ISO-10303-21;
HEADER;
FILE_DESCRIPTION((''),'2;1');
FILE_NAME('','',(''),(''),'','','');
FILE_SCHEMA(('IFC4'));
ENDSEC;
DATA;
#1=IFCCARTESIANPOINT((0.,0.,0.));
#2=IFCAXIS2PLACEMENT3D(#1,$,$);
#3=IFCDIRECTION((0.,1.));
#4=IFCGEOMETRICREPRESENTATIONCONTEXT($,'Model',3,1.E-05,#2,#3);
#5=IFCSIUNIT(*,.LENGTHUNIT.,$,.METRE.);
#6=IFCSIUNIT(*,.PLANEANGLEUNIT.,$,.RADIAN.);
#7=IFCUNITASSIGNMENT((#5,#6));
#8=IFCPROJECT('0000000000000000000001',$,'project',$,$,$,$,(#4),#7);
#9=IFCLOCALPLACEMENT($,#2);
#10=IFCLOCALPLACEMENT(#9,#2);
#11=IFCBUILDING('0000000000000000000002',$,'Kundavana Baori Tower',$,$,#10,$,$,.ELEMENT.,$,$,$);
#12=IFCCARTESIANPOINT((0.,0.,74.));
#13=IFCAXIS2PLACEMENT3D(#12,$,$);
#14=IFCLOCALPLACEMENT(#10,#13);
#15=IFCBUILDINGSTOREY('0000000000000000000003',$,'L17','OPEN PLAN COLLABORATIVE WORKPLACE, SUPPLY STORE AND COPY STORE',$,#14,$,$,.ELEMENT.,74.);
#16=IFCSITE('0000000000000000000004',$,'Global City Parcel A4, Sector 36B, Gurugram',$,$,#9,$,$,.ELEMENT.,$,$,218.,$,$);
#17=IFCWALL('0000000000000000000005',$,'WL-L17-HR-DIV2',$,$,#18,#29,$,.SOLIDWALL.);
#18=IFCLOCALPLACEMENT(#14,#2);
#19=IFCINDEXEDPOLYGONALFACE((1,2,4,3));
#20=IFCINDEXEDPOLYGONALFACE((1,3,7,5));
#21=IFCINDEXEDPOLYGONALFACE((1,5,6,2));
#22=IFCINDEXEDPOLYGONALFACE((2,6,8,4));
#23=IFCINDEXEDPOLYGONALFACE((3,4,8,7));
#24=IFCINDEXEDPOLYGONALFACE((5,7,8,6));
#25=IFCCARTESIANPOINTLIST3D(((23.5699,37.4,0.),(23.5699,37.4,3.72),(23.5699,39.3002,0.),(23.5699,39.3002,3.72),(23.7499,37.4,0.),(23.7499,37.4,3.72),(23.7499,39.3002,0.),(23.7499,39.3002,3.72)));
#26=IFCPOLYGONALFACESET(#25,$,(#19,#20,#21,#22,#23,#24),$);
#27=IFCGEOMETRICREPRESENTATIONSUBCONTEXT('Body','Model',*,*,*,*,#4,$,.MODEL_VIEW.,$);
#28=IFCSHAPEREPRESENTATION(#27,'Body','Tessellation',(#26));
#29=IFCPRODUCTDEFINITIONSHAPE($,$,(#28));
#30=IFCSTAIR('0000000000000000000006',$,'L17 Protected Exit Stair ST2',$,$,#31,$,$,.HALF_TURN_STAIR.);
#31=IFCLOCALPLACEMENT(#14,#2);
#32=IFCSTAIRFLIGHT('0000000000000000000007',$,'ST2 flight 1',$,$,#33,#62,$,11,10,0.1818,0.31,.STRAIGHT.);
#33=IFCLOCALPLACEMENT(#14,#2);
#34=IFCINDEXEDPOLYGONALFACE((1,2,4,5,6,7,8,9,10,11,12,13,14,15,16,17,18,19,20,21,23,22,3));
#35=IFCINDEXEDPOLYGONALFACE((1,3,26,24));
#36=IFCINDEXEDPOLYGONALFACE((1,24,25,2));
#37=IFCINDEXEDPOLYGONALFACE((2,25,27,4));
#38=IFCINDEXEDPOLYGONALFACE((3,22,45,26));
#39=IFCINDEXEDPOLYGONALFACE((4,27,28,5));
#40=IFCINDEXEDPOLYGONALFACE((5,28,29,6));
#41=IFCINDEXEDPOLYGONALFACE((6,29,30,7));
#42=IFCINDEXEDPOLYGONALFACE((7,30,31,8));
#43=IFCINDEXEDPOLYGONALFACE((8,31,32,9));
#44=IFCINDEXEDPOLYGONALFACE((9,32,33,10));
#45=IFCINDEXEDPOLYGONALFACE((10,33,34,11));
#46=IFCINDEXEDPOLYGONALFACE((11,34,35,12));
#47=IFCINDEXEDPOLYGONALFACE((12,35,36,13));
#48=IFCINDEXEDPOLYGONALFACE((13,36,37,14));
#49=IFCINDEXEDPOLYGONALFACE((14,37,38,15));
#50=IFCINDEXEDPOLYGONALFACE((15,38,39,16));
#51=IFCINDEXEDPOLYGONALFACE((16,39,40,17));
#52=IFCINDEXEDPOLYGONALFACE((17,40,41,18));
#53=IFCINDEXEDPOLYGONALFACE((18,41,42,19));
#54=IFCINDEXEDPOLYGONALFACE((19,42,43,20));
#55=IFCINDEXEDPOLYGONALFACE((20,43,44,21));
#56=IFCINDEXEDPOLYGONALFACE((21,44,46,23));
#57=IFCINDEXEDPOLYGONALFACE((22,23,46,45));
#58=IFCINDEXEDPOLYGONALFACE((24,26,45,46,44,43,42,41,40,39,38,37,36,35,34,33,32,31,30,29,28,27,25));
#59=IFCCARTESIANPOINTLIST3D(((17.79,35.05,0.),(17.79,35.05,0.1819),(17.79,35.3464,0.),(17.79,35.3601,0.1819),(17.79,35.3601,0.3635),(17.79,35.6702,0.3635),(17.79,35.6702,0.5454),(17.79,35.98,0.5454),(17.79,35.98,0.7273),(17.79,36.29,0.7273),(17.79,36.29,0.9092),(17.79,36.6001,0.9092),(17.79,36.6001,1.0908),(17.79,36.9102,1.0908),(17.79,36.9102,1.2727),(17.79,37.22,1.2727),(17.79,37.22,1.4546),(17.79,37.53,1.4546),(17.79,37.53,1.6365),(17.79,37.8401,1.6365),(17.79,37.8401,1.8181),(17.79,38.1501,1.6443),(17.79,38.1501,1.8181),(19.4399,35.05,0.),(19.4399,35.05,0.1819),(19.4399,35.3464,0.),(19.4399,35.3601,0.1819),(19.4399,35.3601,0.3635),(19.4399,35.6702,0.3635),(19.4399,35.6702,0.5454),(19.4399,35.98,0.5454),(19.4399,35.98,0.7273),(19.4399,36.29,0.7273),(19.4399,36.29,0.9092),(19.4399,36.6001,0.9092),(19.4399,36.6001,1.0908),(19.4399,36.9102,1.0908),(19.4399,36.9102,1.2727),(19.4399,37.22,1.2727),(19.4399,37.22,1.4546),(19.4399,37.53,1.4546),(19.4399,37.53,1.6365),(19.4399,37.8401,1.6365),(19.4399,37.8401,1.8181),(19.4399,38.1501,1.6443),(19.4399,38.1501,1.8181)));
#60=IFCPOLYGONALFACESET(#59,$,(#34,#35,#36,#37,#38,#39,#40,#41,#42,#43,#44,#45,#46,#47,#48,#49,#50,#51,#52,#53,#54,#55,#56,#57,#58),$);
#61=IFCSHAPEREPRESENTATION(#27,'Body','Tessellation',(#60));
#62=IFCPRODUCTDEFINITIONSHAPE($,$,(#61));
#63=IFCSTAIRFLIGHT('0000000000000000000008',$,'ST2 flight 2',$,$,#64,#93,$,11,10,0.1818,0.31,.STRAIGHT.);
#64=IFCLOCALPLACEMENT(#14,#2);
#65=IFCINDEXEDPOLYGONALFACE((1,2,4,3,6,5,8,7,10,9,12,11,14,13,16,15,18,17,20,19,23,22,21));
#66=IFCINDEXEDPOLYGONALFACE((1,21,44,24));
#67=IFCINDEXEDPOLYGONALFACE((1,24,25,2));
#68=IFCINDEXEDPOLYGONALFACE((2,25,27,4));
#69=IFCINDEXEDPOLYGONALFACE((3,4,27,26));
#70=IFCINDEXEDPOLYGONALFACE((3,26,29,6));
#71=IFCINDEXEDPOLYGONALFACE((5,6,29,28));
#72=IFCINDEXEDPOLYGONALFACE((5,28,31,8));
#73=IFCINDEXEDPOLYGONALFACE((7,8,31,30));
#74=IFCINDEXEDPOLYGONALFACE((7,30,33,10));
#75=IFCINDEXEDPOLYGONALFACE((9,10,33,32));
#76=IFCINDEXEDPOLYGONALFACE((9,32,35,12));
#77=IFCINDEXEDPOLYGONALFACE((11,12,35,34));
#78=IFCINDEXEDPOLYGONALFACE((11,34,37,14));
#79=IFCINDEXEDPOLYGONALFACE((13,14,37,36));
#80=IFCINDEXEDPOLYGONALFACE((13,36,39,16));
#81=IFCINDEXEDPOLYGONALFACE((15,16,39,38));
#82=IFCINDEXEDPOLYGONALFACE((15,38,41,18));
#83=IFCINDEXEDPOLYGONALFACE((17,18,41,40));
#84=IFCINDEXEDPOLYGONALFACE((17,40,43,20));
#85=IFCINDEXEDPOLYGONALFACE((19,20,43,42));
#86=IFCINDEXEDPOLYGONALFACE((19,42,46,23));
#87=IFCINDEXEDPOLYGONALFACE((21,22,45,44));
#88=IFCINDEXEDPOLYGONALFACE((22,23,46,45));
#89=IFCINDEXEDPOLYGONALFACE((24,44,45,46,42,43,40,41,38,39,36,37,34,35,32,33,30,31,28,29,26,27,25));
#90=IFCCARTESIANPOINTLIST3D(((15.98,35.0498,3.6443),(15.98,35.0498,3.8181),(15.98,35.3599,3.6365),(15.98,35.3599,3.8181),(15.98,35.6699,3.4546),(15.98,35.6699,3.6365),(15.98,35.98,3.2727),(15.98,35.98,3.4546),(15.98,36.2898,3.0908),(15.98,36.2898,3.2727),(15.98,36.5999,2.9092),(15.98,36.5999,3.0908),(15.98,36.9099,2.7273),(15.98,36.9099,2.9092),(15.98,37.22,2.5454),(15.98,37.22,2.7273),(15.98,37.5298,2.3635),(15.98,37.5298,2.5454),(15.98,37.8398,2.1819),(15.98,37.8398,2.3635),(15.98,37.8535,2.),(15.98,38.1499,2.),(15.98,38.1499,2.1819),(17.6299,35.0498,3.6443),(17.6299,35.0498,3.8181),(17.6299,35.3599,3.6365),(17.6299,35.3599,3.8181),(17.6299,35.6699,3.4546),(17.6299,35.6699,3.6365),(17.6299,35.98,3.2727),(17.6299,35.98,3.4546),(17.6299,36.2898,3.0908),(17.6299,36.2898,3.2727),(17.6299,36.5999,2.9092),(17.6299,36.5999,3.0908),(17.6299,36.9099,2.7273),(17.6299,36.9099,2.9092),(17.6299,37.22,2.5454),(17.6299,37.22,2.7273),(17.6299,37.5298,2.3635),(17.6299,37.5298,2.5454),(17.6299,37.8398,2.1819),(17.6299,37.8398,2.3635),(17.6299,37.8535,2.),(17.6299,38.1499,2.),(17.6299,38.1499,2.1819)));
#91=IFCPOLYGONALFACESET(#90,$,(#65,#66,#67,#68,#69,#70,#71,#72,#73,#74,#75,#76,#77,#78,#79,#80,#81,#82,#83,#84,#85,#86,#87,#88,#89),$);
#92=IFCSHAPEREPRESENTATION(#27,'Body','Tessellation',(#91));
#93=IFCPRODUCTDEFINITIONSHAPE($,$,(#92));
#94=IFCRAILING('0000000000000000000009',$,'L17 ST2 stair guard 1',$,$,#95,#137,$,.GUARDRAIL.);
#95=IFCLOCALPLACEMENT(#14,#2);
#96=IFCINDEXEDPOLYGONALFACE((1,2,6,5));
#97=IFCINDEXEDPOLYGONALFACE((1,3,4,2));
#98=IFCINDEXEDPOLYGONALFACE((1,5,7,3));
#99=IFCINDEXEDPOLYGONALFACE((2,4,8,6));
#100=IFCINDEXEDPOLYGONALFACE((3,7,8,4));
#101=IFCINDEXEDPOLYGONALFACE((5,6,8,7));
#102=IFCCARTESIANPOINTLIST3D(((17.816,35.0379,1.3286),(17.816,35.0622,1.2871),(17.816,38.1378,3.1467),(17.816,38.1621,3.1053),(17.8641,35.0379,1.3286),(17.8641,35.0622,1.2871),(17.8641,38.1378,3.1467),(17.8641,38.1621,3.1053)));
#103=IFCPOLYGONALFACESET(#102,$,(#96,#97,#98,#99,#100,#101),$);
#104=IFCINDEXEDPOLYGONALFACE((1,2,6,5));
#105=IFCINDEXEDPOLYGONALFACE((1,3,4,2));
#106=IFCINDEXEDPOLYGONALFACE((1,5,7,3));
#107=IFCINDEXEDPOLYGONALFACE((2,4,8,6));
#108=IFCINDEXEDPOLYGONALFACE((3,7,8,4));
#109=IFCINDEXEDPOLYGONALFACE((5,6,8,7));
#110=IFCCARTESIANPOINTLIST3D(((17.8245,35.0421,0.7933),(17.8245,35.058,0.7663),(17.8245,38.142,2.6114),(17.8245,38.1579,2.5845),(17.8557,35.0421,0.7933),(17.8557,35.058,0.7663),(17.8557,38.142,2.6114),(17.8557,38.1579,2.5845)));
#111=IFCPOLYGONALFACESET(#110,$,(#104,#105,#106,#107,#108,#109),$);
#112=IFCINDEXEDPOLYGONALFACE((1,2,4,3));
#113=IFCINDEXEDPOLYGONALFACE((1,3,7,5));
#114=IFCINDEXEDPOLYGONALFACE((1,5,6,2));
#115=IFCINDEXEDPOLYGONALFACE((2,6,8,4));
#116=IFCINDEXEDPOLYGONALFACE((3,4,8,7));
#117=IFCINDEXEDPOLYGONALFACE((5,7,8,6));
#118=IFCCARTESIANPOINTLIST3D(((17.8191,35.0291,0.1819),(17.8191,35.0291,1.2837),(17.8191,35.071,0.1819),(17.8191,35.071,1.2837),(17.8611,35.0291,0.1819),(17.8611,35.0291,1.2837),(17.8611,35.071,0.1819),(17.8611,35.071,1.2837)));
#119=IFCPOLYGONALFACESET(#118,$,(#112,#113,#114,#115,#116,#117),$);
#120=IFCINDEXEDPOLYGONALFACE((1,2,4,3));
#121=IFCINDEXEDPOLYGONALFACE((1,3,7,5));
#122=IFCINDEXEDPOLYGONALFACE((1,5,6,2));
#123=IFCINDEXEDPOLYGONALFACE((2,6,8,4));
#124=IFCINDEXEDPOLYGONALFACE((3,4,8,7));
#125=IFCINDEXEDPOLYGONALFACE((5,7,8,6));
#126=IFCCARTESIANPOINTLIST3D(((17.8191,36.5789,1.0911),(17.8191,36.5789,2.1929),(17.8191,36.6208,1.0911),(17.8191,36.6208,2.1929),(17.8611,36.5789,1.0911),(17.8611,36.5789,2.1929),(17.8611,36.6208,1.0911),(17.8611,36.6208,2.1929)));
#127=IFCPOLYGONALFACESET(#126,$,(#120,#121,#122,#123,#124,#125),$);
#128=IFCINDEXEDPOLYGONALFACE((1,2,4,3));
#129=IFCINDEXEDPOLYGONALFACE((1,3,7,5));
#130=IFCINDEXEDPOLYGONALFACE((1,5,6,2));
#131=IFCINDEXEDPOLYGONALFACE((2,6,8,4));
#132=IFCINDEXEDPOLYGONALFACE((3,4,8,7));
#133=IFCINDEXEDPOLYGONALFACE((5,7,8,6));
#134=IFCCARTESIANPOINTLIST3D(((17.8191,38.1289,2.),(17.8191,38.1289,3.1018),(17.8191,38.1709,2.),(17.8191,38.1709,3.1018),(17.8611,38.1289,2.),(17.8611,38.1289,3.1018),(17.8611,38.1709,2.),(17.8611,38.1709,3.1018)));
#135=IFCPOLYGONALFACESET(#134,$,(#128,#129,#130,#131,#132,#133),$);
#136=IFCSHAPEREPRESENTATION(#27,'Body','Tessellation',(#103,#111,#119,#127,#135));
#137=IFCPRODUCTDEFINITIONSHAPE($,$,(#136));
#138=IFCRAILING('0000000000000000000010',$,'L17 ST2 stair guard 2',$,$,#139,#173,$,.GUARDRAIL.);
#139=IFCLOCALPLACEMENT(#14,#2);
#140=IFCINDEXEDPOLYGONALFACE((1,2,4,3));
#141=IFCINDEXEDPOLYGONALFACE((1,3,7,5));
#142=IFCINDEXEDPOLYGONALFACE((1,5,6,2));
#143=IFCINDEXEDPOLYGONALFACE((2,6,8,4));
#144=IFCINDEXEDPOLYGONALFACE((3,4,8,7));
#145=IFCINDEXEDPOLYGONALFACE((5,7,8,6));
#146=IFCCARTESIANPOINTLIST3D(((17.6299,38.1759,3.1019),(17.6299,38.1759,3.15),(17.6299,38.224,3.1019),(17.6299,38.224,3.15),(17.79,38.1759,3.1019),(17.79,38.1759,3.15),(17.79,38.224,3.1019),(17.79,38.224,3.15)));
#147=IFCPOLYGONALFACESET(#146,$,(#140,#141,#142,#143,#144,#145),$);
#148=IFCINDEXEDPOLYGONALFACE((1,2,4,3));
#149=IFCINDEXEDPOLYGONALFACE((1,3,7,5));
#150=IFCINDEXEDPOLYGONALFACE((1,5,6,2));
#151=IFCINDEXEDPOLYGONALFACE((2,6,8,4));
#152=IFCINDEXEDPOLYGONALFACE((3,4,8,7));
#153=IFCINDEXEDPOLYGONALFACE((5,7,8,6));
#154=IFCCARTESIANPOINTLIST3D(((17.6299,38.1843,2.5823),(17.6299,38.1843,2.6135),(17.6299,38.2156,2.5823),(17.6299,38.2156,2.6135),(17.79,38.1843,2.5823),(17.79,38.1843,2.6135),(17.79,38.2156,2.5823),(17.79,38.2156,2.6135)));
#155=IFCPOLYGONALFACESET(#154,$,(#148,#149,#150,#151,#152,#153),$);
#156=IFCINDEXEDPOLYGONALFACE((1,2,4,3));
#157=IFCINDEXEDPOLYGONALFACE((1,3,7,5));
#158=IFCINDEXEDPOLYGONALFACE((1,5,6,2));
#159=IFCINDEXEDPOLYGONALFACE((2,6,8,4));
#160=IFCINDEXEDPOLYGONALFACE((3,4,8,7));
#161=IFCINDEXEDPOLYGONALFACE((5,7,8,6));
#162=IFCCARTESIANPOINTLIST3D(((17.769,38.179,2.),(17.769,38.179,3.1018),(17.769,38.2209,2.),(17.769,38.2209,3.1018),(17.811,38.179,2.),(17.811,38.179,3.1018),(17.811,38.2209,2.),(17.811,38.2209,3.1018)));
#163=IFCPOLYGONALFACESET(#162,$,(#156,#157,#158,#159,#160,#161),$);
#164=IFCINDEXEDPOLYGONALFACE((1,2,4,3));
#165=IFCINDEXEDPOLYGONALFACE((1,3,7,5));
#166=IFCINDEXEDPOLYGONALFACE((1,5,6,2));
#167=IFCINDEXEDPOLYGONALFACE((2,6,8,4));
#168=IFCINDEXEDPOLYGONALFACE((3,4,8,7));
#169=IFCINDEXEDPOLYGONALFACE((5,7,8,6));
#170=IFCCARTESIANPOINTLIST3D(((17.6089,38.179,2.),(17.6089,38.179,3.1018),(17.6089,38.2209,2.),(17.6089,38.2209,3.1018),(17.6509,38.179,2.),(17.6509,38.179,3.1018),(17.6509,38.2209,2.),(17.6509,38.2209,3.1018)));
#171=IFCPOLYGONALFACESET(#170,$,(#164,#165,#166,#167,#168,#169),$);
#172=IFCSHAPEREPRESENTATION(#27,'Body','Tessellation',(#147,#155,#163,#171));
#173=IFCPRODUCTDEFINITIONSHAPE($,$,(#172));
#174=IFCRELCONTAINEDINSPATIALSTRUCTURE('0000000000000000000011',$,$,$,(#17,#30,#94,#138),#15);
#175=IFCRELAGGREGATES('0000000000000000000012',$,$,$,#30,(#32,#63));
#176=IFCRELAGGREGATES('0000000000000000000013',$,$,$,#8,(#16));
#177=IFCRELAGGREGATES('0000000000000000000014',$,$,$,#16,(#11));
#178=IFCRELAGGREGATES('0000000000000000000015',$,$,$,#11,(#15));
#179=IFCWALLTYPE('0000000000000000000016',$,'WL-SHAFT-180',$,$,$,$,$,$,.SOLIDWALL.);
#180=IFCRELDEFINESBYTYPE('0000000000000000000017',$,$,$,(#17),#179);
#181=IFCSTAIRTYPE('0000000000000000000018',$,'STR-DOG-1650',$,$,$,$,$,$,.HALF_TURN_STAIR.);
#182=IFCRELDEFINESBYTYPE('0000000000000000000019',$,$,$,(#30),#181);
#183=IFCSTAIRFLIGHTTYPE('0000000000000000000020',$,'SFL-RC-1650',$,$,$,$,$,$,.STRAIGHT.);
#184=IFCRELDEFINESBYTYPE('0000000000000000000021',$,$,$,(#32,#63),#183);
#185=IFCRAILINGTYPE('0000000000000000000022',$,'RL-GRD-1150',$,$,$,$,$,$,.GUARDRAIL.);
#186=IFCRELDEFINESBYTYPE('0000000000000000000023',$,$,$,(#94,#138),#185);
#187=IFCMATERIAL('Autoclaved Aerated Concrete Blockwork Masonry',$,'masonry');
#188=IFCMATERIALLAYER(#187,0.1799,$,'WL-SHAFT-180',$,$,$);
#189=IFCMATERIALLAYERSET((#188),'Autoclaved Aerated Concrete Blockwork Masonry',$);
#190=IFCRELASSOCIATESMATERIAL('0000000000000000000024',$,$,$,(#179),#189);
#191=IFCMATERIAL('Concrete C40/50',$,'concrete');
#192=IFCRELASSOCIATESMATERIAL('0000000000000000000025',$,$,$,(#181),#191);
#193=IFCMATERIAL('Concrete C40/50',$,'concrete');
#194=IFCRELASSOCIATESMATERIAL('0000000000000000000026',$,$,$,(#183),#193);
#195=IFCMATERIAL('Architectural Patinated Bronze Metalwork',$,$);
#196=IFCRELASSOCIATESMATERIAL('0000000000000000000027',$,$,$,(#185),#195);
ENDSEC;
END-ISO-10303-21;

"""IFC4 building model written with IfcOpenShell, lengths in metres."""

from ifc_helpers import new_model, si_unit, direction, frame, frame_2d, origin, origin_2d, place, context, subcontext, project, spatial, polyline, rectangle, outline, extrude, material, layer, layer_set, type_object, element, aggregate, save


model = new_model("IFC4")

# Units and contexts
model_context = context("Model", 3, precision=1e-05, world=origin(), true_north=direction((0.0, 1.0)))
body_context = subcontext(model_context, "Body", "Model", "MODEL_VIEW")
ifc_project = project(units=[si_unit("LENGTHUNIT", "METRE"), si_unit("PLANEANGLEUNIT", "RADIAN")], contexts=[model_context])

# Site, building, storey
site_placement = place(None, origin())
site = spatial("IfcSite", under=ifc_project, at=site_placement, Name="Global City Parcel A4, Sector 36B, Gurugram", CompositionType="ELEMENT", RefElevation=218.0)
building_placement = place(site_placement, origin())
building = spatial("IfcBuilding", under=site, at=building_placement, Name="Kundavana Baori Tower", CompositionType="ELEMENT")
storey_placement = place(building_placement, frame((0.0, 0.0, 74.0)))
storey = spatial("IfcBuildingStorey", under=building, at=storey_placement, Name="L17", Description="OPEN PLAN COLLABORATIVE WORKPLACE, SUPPLY STORE AND COPY STORE", CompositionType="ELEMENT", Elevation=74.0)

# Shared definitions
ifc_material_1 = material(Name="Autoclaved Aerated Concrete Blockwork Masonry", Category="masonry")
ifc_layer_1 = layer(ifc_material_1, 0.1799, Name="WL-SHAFT-180")
ifc_layer_set_1 = layer_set([ifc_layer_1], Name="Autoclaved Aerated Concrete Blockwork Masonry")
wall_type_1 = type_object("IfcWallType", Name="WL-SHAFT-180", PredefinedType="SOLIDWALL", material=ifc_layer_set_1)

# Wall
wall_1_placement = place(storey_placement, frame((23.6599, 37.3999, 0.0), z_axis=(0.0, 0.0, 1.0), x_axis=(0.0, 1.0, 0.0)))
element("IfcWall", 1, at=wall_1_placement, inside=storey, type_object=wall_type_1, Name="WL-L17-HR-DIV2", PredefinedType="SOLIDWALL", context=body_context, shape_type="SweptSolid", body=[
    extrude(rectangle(XDim=1.9001, YDim=0.1799, at=frame_2d((0.9502, 0.0))), origin(), (0.0, 0.0, 1.0), 3.72),
])

# Stair, stair flights
ifc_material_2 = material(Name="Concrete C40/50", Category="concrete")
stair_type = type_object("IfcStairType", Name="STR-DOG-1650", PredefinedType="HALF_TURN_STAIR", material=ifc_material_2)
stair_placement = place(storey_placement, origin())
stair = element("IfcStair", 2, at=stair_placement, inside=storey, type_object=stair_type, Name="L17 Protected Exit Stair ST2", PredefinedType="HALF_TURN_STAIR")
ifc_material_3 = material(Name="Concrete C40/50", Category="concrete")
stair_flight_type = type_object("IfcStairFlightType", Name="SFL-RC-1650", PredefinedType="STRAIGHT", material=ifc_material_3)
stair_flight_1_placement = place(storey_placement, frame((18.615, 35.05, 0.0), z_axis=(0.0, 0.0, 1.0), x_axis=(0.0, 1.0, 0.0)))
stair_flight_1 = element("IfcStairFlight", 3, at=stair_flight_1_placement, type_object=stair_flight_type, Name="ST2 flight 1", NumberOfRisers=11, NumberOfTreads=10, PredefinedType="STRAIGHT", RiserHeight=0.1818, TreadLength=0.31, context=body_context, shape_type="SweptSolid", body=[
    extrude(outline(polyline([(0.0, 0.0), (0.0, 0.1819), (0.3101, 0.1819), (0.3101, 0.3635), (0.6201, 0.3635), (0.6201, 0.5454), (0.9299, 0.5454), (0.9299, 0.7273), (1.24, 0.7273), (1.24, 0.9092), (1.55, 0.9092), (1.55, 1.0908), (1.8601, 1.0908), (1.8601, 1.2727), (2.1699, 1.2727), (2.1699, 1.4546), (2.48, 1.4546), (2.48, 1.6365), (2.79, 1.6365), (2.79, 1.8181), (3.1001, 1.8181), (3.1001, 2.0), (3.1001, 1.6443), (0.2964, 0.0), (0.0, 0.0)])), frame((0.0, 0.825, 0.0), z_axis=(0.0, -1.0, 0.0), x_axis=(1.0, 0.0, 0.0)), (0.0, 0.0, 1.0), 1.6499),
])
stair_flight_2_placement = place(storey_placement, frame((16.8049, 38.1499, 2.0), z_axis=(0.0, 0.0, 1.0), x_axis=(0.0, -1.0, 0.0)))
stair_flight_2 = element("IfcStairFlight", 4, at=stair_flight_2_placement, type_object=stair_flight_type, Name="ST2 flight 2", NumberOfRisers=11, NumberOfTreads=10, PredefinedType="STRAIGHT", RiserHeight=0.1818, TreadLength=0.31, context=body_context, shape_type="SweptSolid", body=[
    extrude(outline(polyline([(0.0, 0.0), (0.0, 0.1819), (0.3101, 0.1819), (0.3101, 0.3635), (0.6201, 0.3635), (0.6201, 0.5454), (0.9299, 0.5454), (0.9299, 0.7273), (1.24, 0.7273), (1.24, 0.9092), (1.55, 0.9092), (1.55, 1.0908), (1.8601, 1.0908), (1.8601, 1.2727), (2.1699, 1.2727), (2.1699, 1.4546), (2.48, 1.4546), (2.48, 1.6365), (2.79, 1.6365), (2.79, 1.8181), (3.1001, 1.8181), (3.1001, 2.0), (3.1001, 1.6443), (0.2964, 0.0), (0.0, 0.0)])), frame((0.0, 0.825, 0.0), z_axis=(0.0, -1.0, 0.0), x_axis=(1.0, 0.0, 0.0)), (0.0, 0.0, 1.0), 1.6499),
])
aggregate(stair, [stair_flight_1, stair_flight_2])

# Railings
ifc_material_4 = material(Name="Architectural Patinated Bronze Metalwork")
railing_type_1 = type_object("IfcRailingType", Name="RL-GRD-1150", PredefinedType="GUARDRAIL", material=ifc_material_4)
railing_1_placement = place(storey_placement, frame((17.8401, 35.05, 0.1819)))
element("IfcRailing", 5, at=railing_1_placement, inside=storey, type_object=railing_type_1, Name="L17 ST2 stair guard 1", PredefinedType="GUARDRAIL", context=body_context, shape_type="SweptSolid", body=[
    extrude(rectangle(XDim=0.0481, YDim=0.0481, at=origin_2d()), frame((0.0, 0.0, 1.126), z_axis=(0.0, 0.862581, 0.505918), x_axis=(-1.0, 0.0, 0.0)), (0.0, 0.0, 1.0), 3.5938),
    extrude(rectangle(XDim=0.0312, YDim=0.0312, at=origin_2d()), frame((0.0, 0.0, 0.5979), z_axis=(0.0, 0.862581, 0.505918), x_axis=(-1.0, 0.0, 0.0)), (0.0, 0.0, 1.0), 3.5938),
    extrude(rectangle(XDim=0.042, YDim=0.042, at=origin_2d()), origin(), (0.0, 0.0, 1.0), 1.1018),
    extrude(rectangle(XDim=0.042, YDim=0.042, at=origin_2d()), frame((0.0, 1.5498, 0.9092)), (0.0, 0.0, 1.0), 1.1018),
    extrude(rectangle(XDim=0.042, YDim=0.042, at=origin_2d()), frame((0.0, 3.0999, 1.8181)), (0.0, 0.0, 1.0), 1.1018),
])
railing_2_placement = place(storey_placement, frame((17.79, 38.2, 2.0)))
element("IfcRailing", 6, at=railing_2_placement, inside=storey, type_object=railing_type_1, Name="L17 ST2 stair guard 2", PredefinedType="GUARDRAIL", context=body_context, shape_type="SweptSolid", body=[
    extrude(rectangle(XDim=0.0481, YDim=0.0481, at=origin_2d()), frame((0.0, 0.0, 1.126), z_axis=(-1.0, 0.0, 0.0), x_axis=(0.0, -1.0, 0.0)), (0.0, 0.0, 1.0), 0.1602),
    extrude(rectangle(XDim=0.0312, YDim=0.0312, at=origin_2d()), frame((0.0, 0.0, 0.5979), z_axis=(-1.0, 0.0, 0.0), x_axis=(0.0, -1.0, 0.0)), (0.0, 0.0, 1.0), 0.1602),
    extrude(rectangle(XDim=0.042, YDim=0.042, at=origin_2d()), origin(), (0.0, 0.0, 1.0), 1.1018),
    extrude(rectangle(XDim=0.042, YDim=0.042, at=origin_2d()), frame((-0.1602, 0.0, 0.0)), (0.0, 0.0, 1.0), 1.1018),
])

save(model, "model.ifc")
